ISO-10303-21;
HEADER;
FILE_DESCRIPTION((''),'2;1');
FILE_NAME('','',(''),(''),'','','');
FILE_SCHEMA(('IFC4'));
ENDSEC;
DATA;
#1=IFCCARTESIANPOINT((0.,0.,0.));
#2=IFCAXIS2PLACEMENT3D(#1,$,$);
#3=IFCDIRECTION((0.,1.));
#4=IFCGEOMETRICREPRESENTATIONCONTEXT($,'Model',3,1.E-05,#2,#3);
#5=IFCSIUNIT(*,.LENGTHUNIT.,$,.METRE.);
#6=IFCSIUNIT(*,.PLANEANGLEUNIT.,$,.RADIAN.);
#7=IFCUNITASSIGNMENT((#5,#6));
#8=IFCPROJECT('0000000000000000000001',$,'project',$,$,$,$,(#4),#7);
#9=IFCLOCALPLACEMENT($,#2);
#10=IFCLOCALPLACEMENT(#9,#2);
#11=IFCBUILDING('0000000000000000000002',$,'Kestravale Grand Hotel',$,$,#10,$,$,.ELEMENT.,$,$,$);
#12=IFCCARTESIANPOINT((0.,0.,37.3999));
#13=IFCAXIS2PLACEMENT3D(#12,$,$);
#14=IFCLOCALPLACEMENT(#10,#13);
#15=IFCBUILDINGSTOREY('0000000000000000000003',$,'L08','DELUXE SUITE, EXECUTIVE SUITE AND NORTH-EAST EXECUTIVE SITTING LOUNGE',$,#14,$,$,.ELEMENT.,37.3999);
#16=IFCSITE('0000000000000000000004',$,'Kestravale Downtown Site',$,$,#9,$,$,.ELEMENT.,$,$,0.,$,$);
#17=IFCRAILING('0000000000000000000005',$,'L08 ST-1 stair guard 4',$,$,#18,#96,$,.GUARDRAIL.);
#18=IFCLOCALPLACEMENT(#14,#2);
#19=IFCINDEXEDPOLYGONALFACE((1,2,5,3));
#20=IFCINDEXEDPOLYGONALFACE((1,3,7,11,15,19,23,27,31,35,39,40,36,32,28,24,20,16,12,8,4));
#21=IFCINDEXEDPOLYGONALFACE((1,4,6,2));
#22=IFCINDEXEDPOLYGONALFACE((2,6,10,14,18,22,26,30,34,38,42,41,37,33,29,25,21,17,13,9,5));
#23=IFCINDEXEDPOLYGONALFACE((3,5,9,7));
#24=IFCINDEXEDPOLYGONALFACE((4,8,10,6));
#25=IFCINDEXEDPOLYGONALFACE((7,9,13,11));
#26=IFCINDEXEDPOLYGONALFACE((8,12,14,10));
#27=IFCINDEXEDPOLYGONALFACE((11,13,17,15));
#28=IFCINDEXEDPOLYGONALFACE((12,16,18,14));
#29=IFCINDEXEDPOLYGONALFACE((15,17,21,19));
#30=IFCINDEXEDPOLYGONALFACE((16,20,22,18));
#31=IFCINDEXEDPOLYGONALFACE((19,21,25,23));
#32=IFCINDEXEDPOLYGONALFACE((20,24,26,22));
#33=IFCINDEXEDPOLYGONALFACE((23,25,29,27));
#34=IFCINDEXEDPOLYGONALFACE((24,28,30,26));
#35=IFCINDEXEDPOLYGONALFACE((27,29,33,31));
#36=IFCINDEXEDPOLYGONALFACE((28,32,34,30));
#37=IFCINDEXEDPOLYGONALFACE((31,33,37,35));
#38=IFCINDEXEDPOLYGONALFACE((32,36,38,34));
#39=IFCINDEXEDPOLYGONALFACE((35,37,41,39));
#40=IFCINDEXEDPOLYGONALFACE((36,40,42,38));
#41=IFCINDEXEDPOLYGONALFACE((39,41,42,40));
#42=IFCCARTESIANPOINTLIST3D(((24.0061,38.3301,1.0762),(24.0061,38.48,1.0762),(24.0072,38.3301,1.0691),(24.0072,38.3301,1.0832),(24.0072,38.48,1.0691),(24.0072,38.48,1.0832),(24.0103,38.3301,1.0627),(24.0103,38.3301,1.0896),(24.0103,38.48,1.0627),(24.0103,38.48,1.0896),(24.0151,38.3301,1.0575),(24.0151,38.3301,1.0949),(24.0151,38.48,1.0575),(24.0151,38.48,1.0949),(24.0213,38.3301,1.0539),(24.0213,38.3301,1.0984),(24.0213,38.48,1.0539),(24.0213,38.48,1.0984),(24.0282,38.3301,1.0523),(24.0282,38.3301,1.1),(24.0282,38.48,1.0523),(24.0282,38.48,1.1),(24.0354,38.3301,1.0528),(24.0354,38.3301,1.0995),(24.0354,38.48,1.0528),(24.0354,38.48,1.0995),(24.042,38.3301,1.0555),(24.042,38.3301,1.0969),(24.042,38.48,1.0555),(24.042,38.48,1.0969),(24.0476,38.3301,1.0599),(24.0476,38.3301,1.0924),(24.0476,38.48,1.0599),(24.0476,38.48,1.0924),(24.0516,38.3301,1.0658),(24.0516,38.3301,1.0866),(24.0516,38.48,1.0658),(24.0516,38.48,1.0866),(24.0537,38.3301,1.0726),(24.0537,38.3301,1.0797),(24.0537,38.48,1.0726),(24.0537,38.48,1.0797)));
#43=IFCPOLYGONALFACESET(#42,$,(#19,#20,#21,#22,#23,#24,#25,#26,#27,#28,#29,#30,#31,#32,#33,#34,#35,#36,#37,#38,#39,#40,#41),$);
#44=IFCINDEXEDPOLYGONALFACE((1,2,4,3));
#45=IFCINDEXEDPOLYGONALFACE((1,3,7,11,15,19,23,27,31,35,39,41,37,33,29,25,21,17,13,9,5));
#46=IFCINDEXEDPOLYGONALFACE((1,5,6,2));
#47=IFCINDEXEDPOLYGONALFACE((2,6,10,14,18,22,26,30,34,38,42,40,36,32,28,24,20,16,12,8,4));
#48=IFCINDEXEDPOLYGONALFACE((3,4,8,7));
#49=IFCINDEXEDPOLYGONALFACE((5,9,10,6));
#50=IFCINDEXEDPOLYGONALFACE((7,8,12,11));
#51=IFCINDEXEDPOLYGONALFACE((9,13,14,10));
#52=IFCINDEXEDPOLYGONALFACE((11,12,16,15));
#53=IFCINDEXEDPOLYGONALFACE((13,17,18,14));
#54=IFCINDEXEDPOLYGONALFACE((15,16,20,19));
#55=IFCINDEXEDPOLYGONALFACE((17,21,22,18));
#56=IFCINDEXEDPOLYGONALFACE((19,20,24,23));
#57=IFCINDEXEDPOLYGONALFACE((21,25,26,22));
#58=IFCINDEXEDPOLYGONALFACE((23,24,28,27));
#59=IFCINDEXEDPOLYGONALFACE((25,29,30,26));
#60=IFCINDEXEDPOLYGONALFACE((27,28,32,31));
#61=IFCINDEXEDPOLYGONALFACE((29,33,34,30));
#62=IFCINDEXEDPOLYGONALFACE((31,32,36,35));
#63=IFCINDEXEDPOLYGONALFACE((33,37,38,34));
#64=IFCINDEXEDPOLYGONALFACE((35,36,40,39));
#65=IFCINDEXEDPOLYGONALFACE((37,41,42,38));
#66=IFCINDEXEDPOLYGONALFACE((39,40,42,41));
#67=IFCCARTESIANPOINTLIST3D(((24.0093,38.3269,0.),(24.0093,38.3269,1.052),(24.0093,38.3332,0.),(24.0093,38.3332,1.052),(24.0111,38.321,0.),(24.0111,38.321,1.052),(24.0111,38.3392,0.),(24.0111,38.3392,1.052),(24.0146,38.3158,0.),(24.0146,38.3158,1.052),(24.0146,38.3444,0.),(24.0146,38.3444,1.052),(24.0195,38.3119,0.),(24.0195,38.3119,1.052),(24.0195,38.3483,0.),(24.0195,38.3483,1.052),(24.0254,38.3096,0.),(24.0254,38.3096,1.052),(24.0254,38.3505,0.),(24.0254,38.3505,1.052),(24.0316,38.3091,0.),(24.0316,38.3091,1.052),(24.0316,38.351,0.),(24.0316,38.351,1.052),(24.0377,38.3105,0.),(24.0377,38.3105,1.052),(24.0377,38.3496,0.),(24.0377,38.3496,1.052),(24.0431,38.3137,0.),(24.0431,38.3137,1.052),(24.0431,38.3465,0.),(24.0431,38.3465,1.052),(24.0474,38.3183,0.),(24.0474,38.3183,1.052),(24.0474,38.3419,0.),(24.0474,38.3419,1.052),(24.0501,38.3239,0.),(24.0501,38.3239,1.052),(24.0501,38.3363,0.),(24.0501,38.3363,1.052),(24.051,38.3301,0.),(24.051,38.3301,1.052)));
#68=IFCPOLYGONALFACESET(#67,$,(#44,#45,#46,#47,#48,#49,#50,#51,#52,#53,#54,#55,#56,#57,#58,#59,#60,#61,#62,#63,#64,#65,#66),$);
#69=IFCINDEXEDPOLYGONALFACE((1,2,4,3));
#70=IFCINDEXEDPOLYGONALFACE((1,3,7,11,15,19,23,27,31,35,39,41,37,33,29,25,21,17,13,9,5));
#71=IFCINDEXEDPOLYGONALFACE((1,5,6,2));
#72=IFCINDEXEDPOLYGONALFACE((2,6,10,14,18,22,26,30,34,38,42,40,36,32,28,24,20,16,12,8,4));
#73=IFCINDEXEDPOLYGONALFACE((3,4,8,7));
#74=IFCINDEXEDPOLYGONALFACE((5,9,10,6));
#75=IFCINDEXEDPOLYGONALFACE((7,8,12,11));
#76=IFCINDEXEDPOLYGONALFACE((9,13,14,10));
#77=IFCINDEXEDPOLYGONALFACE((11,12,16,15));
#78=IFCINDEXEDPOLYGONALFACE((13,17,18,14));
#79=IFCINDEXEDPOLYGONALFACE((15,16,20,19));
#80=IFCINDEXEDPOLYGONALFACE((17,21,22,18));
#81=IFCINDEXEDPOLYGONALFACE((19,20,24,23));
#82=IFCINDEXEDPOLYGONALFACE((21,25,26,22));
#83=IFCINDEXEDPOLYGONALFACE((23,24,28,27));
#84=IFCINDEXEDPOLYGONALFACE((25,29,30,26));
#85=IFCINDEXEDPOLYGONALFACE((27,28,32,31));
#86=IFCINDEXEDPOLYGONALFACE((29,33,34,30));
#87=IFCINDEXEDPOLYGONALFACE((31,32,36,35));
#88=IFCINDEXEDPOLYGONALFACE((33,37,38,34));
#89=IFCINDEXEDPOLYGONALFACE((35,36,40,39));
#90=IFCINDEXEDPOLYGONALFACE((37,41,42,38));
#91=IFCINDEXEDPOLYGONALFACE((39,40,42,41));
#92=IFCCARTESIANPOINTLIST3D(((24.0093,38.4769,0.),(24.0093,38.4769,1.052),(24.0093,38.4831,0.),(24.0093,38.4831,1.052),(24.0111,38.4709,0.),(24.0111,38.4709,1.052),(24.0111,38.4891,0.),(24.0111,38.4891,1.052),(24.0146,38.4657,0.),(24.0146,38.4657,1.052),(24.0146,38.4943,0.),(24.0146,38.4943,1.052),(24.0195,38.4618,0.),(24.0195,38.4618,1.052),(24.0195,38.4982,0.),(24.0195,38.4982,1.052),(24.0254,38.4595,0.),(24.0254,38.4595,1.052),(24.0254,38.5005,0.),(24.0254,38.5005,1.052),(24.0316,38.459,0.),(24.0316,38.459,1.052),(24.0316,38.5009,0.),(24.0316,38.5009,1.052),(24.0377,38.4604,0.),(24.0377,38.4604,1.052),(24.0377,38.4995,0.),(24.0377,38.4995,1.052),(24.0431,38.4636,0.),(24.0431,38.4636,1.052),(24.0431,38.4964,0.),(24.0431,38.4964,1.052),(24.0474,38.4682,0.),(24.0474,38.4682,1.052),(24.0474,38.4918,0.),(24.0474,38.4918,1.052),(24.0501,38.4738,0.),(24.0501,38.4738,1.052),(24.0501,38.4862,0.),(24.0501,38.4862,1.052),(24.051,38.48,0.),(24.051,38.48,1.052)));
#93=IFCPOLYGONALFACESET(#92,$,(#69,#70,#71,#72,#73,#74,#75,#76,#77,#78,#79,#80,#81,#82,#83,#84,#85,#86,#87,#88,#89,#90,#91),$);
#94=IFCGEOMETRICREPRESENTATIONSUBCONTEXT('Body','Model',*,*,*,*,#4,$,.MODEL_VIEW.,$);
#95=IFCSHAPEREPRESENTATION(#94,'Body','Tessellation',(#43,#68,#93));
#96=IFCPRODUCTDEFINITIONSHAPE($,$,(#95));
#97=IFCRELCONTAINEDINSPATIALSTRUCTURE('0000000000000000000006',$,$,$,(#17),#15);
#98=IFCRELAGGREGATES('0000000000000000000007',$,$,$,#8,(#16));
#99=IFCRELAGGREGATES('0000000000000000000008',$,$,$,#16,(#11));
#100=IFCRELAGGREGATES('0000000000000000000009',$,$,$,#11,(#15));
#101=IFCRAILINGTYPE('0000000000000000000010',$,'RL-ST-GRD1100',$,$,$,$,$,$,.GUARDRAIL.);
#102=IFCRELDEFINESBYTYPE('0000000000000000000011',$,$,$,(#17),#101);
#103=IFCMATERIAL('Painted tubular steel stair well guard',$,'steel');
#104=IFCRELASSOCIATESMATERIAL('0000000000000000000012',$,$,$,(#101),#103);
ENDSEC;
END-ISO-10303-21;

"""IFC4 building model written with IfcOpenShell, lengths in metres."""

from ifc_helpers import new_model, si_unit, direction, frame, origin, origin_2d, place, context, subcontext, project, spatial, circle, extrude, material, type_object, element, save


model = new_model("IFC4")

# Units and contexts
model_context = context("Model", 3, precision=1e-05, world=origin(), true_north=direction((0.0, 1.0)))
body_context = subcontext(model_context, "Body", "Model", "MODEL_VIEW")
ifc_project = project(units=[si_unit("LENGTHUNIT", "METRE"), si_unit("PLANEANGLEUNIT", "RADIAN")], contexts=[model_context])

# Site, building, storey
site_placement = place(None, origin())
site = spatial("IfcSite", under=ifc_project, at=site_placement, Name="Kestravale Downtown Site", CompositionType="ELEMENT", RefElevation=0.0)
building_placement = place(site_placement, origin())
building = spatial("IfcBuilding", under=site, at=building_placement, Name="Kestravale Grand Hotel", CompositionType="ELEMENT")
storey_placement = place(building_placement, frame((0.0, 0.0, 37.3999)))
storey = spatial("IfcBuildingStorey", under=building, at=storey_placement, Name="L08", Description="DELUXE SUITE, EXECUTIVE SUITE AND NORTH-EAST EXECUTIVE SITTING LOUNGE", CompositionType="ELEMENT", Elevation=37.3999)

# Railing
ifc_material_1 = material(Name="Painted tubular steel stair well guard", Category="steel")
railing_type_1 = type_object("IfcRailingType", Name="RL-ST-GRD1100", PredefinedType="GUARDRAIL", material=ifc_material_1)
railing_1_placement = place(storey_placement, frame((24.03, 38.3301, 0.0)))
element("IfcRailing", 1, at=railing_1_placement, inside=storey, type_object=railing_type_1, Name="L08 ST-1 stair guard 4", PredefinedType="GUARDRAIL", context=body_context, shape_type="SweptSolid", body=[
    extrude(circle(Radius=0.0239, at=origin_2d()), frame((0.0, 0.0, 1.0762), z_axis=(0.0, 1.0, 0.0), x_axis=(-1.0, 0.0, 0.0)), (0.0, 0.0, 1.0), 0.1499),
    extrude(circle(Radius=0.021, at=origin_2d()), origin(), (0.0, 0.0, 1.0), 1.052),
    extrude(circle(Radius=0.021, at=origin_2d()), frame((0.0, 0.1499, 0.0)), (0.0, 0.0, 1.0), 1.052),
])

save(model, "model.ifc")
